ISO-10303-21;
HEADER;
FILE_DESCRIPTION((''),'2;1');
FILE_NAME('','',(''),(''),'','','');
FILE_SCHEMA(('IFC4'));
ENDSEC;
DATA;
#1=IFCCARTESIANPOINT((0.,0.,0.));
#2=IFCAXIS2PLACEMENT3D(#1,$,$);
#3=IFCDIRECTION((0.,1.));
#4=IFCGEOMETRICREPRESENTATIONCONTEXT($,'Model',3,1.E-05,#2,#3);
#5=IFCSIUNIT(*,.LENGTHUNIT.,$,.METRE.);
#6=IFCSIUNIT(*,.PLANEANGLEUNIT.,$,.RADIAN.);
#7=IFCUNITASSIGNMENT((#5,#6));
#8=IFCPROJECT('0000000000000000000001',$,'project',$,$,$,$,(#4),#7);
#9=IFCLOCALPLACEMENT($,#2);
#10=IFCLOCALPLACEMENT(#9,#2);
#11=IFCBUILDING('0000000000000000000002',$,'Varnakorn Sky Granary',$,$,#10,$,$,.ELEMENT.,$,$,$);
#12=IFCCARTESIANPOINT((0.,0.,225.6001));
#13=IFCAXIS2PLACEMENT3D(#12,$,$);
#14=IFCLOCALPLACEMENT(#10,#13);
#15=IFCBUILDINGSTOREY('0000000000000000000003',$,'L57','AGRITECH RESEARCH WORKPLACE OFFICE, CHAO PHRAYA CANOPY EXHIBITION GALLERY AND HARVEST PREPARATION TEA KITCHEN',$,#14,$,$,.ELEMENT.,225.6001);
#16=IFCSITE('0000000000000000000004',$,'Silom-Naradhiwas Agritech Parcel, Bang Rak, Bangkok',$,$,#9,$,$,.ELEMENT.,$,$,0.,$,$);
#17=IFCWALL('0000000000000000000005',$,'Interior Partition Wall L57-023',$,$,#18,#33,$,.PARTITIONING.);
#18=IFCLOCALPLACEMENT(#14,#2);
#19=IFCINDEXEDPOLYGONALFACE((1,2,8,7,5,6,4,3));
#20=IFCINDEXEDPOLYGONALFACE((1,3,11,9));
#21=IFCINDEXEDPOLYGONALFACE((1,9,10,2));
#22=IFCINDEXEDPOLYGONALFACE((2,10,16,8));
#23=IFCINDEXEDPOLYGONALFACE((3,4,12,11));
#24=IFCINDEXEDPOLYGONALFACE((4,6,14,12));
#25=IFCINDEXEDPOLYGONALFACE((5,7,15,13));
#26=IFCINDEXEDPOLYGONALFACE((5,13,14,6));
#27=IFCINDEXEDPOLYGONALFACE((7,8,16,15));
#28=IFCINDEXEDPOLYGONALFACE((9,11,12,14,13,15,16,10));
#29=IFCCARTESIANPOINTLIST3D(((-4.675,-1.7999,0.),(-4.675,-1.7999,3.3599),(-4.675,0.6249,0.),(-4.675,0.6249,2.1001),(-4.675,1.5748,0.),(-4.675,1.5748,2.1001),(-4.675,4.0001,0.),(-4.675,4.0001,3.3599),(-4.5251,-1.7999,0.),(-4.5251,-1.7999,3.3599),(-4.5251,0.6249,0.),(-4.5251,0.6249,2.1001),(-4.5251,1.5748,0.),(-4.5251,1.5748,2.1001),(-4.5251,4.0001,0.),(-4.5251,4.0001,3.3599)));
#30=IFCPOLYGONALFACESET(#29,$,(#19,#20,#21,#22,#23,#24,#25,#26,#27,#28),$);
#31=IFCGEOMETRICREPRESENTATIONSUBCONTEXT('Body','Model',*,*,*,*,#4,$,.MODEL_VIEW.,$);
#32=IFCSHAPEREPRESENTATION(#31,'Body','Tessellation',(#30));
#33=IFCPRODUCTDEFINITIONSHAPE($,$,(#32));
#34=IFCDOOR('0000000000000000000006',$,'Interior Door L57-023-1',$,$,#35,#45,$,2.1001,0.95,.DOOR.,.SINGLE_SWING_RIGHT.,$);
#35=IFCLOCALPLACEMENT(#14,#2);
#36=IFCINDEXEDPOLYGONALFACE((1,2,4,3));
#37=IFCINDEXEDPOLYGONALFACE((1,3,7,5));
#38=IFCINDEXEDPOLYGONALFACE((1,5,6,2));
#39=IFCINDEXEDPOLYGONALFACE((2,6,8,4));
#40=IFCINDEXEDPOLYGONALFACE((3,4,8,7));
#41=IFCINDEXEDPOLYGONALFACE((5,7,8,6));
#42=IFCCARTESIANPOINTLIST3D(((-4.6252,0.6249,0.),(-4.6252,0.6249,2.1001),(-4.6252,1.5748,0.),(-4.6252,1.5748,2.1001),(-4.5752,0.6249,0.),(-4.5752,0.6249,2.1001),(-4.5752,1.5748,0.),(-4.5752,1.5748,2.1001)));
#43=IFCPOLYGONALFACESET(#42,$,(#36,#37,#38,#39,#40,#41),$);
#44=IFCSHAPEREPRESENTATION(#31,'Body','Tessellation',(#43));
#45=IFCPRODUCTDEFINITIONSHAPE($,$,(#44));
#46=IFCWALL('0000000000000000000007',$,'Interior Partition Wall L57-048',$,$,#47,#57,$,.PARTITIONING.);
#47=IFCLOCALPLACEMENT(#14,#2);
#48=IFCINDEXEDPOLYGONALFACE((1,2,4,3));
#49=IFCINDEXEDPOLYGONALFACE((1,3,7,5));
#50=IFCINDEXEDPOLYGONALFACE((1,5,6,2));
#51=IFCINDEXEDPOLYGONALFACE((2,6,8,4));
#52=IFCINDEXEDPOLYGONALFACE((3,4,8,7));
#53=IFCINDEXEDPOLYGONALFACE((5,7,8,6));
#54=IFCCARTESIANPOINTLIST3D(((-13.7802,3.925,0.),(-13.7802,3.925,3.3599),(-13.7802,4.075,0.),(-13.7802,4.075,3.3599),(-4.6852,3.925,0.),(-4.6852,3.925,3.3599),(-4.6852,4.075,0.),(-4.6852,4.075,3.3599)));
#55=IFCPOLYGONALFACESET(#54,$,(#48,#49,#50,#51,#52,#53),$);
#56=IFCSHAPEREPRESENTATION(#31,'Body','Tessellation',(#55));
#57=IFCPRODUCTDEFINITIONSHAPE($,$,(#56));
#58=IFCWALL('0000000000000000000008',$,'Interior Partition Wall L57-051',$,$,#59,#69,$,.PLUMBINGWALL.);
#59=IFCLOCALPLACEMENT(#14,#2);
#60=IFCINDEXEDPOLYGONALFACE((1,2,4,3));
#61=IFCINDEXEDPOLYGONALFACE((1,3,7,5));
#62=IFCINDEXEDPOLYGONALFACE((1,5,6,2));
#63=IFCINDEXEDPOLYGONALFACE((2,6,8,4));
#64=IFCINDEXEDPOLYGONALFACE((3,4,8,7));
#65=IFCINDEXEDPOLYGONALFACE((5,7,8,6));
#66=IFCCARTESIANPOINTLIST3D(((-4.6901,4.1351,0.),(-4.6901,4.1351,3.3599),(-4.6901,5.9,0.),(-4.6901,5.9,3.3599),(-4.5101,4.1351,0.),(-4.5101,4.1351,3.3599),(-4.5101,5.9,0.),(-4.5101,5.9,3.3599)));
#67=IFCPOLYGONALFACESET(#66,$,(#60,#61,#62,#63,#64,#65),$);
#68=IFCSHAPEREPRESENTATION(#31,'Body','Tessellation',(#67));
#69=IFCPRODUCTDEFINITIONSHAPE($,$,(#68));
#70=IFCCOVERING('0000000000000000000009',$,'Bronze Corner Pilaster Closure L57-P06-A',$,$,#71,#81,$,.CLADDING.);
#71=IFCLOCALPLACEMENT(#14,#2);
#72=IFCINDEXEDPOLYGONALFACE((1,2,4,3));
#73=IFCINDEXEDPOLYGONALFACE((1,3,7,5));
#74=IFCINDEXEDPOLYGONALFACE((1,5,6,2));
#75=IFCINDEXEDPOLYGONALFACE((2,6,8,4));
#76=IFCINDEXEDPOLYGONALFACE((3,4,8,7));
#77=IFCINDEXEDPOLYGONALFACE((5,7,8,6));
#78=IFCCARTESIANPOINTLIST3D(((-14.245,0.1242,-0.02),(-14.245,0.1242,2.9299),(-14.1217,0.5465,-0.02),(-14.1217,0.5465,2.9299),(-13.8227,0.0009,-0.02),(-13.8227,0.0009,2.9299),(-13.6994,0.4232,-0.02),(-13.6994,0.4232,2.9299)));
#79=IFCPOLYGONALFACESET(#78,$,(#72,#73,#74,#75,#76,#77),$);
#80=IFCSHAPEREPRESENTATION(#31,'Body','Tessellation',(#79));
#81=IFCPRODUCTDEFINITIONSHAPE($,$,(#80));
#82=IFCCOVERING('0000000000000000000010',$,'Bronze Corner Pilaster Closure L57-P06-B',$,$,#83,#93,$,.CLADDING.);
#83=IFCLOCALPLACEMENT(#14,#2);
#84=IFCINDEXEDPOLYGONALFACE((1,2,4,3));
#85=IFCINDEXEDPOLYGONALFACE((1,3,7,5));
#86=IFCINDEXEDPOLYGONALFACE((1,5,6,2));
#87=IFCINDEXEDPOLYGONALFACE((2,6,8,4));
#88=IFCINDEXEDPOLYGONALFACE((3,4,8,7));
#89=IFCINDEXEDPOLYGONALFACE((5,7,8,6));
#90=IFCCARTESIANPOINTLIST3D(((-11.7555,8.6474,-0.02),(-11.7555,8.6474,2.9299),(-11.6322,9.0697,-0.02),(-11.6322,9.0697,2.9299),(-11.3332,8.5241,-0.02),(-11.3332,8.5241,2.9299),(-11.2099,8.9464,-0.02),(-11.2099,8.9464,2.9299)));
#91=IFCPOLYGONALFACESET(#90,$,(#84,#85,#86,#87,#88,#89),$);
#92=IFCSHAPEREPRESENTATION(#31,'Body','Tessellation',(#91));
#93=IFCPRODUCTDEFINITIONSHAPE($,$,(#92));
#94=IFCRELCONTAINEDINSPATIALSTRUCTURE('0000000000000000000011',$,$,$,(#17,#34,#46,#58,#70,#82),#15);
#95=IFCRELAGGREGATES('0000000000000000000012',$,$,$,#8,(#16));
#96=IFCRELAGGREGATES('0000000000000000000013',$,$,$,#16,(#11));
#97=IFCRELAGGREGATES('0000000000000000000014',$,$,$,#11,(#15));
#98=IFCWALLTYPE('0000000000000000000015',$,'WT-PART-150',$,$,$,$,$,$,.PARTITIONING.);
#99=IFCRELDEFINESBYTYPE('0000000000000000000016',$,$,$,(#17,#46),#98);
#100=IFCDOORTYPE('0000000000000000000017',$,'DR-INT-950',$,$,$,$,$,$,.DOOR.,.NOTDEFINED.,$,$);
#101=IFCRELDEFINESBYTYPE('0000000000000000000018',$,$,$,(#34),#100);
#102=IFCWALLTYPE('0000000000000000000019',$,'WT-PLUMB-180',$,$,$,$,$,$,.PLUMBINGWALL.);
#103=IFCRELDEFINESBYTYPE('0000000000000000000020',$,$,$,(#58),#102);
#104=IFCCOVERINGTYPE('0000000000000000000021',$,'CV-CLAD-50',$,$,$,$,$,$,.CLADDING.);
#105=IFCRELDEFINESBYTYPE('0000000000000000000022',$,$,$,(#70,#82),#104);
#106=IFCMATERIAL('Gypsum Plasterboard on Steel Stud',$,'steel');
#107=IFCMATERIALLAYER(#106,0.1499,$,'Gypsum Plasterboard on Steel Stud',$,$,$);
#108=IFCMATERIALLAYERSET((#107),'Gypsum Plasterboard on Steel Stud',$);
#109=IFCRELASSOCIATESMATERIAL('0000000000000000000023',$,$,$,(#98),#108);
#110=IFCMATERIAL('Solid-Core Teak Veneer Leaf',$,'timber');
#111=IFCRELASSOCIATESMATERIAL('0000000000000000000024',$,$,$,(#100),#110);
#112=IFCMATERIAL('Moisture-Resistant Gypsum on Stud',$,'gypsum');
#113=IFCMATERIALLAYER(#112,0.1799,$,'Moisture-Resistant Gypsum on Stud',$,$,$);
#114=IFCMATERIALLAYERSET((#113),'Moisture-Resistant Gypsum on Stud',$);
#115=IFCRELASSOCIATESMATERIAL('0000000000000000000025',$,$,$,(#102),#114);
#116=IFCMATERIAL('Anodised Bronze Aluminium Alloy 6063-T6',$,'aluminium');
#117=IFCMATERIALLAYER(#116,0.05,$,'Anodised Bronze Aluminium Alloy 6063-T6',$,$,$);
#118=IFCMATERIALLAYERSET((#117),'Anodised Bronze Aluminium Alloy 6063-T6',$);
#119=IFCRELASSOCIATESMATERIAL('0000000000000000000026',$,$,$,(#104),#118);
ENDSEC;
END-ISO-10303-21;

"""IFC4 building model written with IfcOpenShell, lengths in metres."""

from ifc_helpers import new_model, si_unit, direction, frame, frame_2d, origin, origin_2d, place, context, subcontext, project, spatial, rectangle, extrude, source, transform, mapped, material, layer, layer_set, type_object, type_shapes, element, fill, save


model = new_model("IFC4")

# Units and contexts
model_context = context("Model", 3, precision=1e-05, world=origin(), true_north=direction((0.0, 1.0)))
body_context = subcontext(model_context, "Body", "Model", "MODEL_VIEW")
ifc_project = project(units=[si_unit("LENGTHUNIT", "METRE"), si_unit("PLANEANGLEUNIT", "RADIAN")], contexts=[model_context])

# Site, building, storey
site_placement = place(None, origin())
site = spatial("IfcSite", under=ifc_project, at=site_placement, Name="Silom-Naradhiwas Agritech Parcel, Bang Rak, Bangkok", CompositionType="ELEMENT", RefElevation=0.0)
building_placement = place(site_placement, origin())
building = spatial("IfcBuilding", under=site, at=building_placement, Name="Varnakorn Sky Granary", CompositionType="ELEMENT")
storey_placement = place(building_placement, frame((0.0, 0.0, 225.6001)))
storey = spatial("IfcBuildingStorey", under=building, at=storey_placement, Name="L57", Description="AGRITECH RESEARCH WORKPLACE OFFICE, CHAO PHRAYA CANOPY EXHIBITION GALLERY AND HARVEST PREPARATION TEA KITCHEN", CompositionType="ELEMENT", Elevation=225.6001)

# Shared definitions
ifc_material_1 = material(Name="Anodised Bronze Aluminium Alloy 6063-T6", Category="aluminium")

# Wall, opening, door
ifc_material_2 = material(Name="Gypsum Plasterboard on Steel Stud", Category="steel")
ifc_layer_1 = layer(ifc_material_2, 0.1499, Name="Gypsum Plasterboard on Steel Stud")
ifc_layer_set_1 = layer_set([ifc_layer_1], Name="Gypsum Plasterboard on Steel Stud")
wall_type_1 = type_object("IfcWallType", Name="WT-PART-150", PredefinedType="PARTITIONING", material=ifc_layer_set_1)
wall_1_placement = place(storey_placement, frame((-4.6001, 4.0, 0.0), z_axis=(0.0, 0.0, 1.0), x_axis=(0.0, -1.0, 0.0)))
wall_1 = element("IfcWall", 1, at=wall_1_placement, inside=storey, type_object=wall_type_1, Name="Interior Partition Wall L57-023", PredefinedType="PARTITIONING", context=body_context, shape_type="SweptSolid", body=[
    extrude(rectangle(XDim=5.8, YDim=0.1499, at=frame_2d((2.8999, 0.0))), origin(), (0.0, 0.0, 1.0), 3.3599),
])
opening_placement = place(wall_1_placement, frame((2.425, 0.0, 0.0)))
opening = element("IfcOpeningElement", 2, at=opening_placement, cuts=wall_1, PredefinedType="OPENING", context=body_context, shape_type="SweptSolid", body=[
    extrude(rectangle(XDim=0.95, YDim=2.1001, at=frame_2d((0.4751, 1.05))), frame((0.0, 0.085, 0.0), z_axis=(0.0, -1.0, 0.0), x_axis=(1.0, 0.0, 0.0)), (0.0, 0.0, 1.0), 0.1699),
])
ifc_material_3 = material(Name="Solid-Core Teak Veneer Leaf", Category="timber")
door_type = type_object("IfcDoorType", Name="DR-INT-950", OperationType="NOTDEFINED", PredefinedType="DOOR", material=ifc_material_3)
door_placement = place(opening_placement, origin())
door = element("IfcDoor", 3, at=door_placement, inside=storey, type_object=door_type, Name="Interior Door L57-023-1", OperationType="SINGLE_SWING_RIGHT", OverallHeight=2.1001, OverallWidth=0.95, PredefinedType="DOOR", context=body_context, shape_type="SweptSolid", body=[
    extrude(rectangle(XDim=0.95, YDim=2.1001, at=frame_2d((0.4751, 1.05))), frame((0.0, 0.0249, 0.0), z_axis=(0.0, -1.0, 0.0), x_axis=(1.0, 0.0, 0.0)), (0.0, 0.0, 1.0), 0.05),
])
fill(opening, door)

# Walls
wall_2_placement = place(storey_placement, frame((-13.78, 4.0, 0.0), z_axis=(0.0, 0.0, 1.0), x_axis=(1.0, 0.0, 0.0)))
element("IfcWall", 4, at=wall_2_placement, inside=storey, type_object=wall_type_1, Name="Interior Partition Wall L57-048", PredefinedType="PARTITIONING", context=body_context, shape_type="SweptSolid", body=[
    extrude(rectangle(XDim=9.095, YDim=0.1499, at=frame_2d((4.5474, 0.0))), origin(), (0.0, 0.0, 1.0), 3.3599),
])
ifc_material_4 = material(Name="Moisture-Resistant Gypsum on Stud", Category="gypsum")
ifc_layer_2 = layer(ifc_material_4, 0.1799, Name="Moisture-Resistant Gypsum on Stud")
ifc_layer_set_2 = layer_set([ifc_layer_2], Name="Moisture-Resistant Gypsum on Stud")
wall_type_2 = type_object("IfcWallType", Name="WT-PLUMB-180", PredefinedType="PLUMBINGWALL", material=ifc_layer_set_2)
wall_3_placement = place(storey_placement, frame((-4.6001, 5.8999, 0.0), z_axis=(0.0, 0.0, 1.0), x_axis=(0.0, -1.0, 0.0)))
element("IfcWall", 5, at=wall_3_placement, inside=storey, type_object=wall_type_2, Name="Interior Partition Wall L57-051", PredefinedType="PLUMBINGWALL", context=body_context, shape_type="SweptSolid", body=[
    extrude(rectangle(XDim=1.7649, YDim=0.1799, at=frame_2d((0.8823, 0.0))), origin(), (0.0, 0.0, 1.0), 3.3599),
])

# Coverings
ifc_layer_3 = layer(ifc_material_1, 0.05, Name="Anodised Bronze Aluminium Alloy 6063-T6")
ifc_layer_set_3 = layer_set([ifc_layer_3], Name="Anodised Bronze Aluminium Alloy 6063-T6")
covering_type = type_object("IfcCoveringType", Name="CV-CLAD-50", PredefinedType="CLADDING", material=ifc_layer_set_3)
shared_shape_1 = source(origin(), body_context, "Body", "SweptSolid", [
    extrude(rectangle(XDim=0.4399, YDim=0.4399, at=origin_2d()), origin(), (0.0, 0.0, 1.0), 2.95),
])
type_shapes(covering_type, [shared_shape_1])
for number, where, z_axis, x_axis, name in (
    (6, (-13.9722, 0.2737, -0.02), (0.0, 0.0, 1.0), (0.280332, 0.959903, 0.0), "Bronze Corner Pilaster Closure L57-P06-A"),
    (7, (-11.4827, 8.7969, -0.02), (0.0, 0.0, 1.0), (0.280332, 0.959903, 0.0), "Bronze Corner Pilaster Closure L57-P06-B"),
):
    element("IfcCovering", number, at=place(storey_placement, frame(where, z_axis=z_axis, x_axis=x_axis)), inside=storey, type_object=covering_type, Name=name, PredefinedType="CLADDING", context=body_context, shape_type="MappedRepresentation", body=[
        mapped(shared_shape_1, transform((0.0, 0.0, 0.0), x_axis=(1.0, 0.0, 0.0), y_axis=(0.0, 1.0, 0.0), z_axis=(0.0, 0.0, 1.0), scale=1.0)),
    ])

save(model, "model.ifc")
